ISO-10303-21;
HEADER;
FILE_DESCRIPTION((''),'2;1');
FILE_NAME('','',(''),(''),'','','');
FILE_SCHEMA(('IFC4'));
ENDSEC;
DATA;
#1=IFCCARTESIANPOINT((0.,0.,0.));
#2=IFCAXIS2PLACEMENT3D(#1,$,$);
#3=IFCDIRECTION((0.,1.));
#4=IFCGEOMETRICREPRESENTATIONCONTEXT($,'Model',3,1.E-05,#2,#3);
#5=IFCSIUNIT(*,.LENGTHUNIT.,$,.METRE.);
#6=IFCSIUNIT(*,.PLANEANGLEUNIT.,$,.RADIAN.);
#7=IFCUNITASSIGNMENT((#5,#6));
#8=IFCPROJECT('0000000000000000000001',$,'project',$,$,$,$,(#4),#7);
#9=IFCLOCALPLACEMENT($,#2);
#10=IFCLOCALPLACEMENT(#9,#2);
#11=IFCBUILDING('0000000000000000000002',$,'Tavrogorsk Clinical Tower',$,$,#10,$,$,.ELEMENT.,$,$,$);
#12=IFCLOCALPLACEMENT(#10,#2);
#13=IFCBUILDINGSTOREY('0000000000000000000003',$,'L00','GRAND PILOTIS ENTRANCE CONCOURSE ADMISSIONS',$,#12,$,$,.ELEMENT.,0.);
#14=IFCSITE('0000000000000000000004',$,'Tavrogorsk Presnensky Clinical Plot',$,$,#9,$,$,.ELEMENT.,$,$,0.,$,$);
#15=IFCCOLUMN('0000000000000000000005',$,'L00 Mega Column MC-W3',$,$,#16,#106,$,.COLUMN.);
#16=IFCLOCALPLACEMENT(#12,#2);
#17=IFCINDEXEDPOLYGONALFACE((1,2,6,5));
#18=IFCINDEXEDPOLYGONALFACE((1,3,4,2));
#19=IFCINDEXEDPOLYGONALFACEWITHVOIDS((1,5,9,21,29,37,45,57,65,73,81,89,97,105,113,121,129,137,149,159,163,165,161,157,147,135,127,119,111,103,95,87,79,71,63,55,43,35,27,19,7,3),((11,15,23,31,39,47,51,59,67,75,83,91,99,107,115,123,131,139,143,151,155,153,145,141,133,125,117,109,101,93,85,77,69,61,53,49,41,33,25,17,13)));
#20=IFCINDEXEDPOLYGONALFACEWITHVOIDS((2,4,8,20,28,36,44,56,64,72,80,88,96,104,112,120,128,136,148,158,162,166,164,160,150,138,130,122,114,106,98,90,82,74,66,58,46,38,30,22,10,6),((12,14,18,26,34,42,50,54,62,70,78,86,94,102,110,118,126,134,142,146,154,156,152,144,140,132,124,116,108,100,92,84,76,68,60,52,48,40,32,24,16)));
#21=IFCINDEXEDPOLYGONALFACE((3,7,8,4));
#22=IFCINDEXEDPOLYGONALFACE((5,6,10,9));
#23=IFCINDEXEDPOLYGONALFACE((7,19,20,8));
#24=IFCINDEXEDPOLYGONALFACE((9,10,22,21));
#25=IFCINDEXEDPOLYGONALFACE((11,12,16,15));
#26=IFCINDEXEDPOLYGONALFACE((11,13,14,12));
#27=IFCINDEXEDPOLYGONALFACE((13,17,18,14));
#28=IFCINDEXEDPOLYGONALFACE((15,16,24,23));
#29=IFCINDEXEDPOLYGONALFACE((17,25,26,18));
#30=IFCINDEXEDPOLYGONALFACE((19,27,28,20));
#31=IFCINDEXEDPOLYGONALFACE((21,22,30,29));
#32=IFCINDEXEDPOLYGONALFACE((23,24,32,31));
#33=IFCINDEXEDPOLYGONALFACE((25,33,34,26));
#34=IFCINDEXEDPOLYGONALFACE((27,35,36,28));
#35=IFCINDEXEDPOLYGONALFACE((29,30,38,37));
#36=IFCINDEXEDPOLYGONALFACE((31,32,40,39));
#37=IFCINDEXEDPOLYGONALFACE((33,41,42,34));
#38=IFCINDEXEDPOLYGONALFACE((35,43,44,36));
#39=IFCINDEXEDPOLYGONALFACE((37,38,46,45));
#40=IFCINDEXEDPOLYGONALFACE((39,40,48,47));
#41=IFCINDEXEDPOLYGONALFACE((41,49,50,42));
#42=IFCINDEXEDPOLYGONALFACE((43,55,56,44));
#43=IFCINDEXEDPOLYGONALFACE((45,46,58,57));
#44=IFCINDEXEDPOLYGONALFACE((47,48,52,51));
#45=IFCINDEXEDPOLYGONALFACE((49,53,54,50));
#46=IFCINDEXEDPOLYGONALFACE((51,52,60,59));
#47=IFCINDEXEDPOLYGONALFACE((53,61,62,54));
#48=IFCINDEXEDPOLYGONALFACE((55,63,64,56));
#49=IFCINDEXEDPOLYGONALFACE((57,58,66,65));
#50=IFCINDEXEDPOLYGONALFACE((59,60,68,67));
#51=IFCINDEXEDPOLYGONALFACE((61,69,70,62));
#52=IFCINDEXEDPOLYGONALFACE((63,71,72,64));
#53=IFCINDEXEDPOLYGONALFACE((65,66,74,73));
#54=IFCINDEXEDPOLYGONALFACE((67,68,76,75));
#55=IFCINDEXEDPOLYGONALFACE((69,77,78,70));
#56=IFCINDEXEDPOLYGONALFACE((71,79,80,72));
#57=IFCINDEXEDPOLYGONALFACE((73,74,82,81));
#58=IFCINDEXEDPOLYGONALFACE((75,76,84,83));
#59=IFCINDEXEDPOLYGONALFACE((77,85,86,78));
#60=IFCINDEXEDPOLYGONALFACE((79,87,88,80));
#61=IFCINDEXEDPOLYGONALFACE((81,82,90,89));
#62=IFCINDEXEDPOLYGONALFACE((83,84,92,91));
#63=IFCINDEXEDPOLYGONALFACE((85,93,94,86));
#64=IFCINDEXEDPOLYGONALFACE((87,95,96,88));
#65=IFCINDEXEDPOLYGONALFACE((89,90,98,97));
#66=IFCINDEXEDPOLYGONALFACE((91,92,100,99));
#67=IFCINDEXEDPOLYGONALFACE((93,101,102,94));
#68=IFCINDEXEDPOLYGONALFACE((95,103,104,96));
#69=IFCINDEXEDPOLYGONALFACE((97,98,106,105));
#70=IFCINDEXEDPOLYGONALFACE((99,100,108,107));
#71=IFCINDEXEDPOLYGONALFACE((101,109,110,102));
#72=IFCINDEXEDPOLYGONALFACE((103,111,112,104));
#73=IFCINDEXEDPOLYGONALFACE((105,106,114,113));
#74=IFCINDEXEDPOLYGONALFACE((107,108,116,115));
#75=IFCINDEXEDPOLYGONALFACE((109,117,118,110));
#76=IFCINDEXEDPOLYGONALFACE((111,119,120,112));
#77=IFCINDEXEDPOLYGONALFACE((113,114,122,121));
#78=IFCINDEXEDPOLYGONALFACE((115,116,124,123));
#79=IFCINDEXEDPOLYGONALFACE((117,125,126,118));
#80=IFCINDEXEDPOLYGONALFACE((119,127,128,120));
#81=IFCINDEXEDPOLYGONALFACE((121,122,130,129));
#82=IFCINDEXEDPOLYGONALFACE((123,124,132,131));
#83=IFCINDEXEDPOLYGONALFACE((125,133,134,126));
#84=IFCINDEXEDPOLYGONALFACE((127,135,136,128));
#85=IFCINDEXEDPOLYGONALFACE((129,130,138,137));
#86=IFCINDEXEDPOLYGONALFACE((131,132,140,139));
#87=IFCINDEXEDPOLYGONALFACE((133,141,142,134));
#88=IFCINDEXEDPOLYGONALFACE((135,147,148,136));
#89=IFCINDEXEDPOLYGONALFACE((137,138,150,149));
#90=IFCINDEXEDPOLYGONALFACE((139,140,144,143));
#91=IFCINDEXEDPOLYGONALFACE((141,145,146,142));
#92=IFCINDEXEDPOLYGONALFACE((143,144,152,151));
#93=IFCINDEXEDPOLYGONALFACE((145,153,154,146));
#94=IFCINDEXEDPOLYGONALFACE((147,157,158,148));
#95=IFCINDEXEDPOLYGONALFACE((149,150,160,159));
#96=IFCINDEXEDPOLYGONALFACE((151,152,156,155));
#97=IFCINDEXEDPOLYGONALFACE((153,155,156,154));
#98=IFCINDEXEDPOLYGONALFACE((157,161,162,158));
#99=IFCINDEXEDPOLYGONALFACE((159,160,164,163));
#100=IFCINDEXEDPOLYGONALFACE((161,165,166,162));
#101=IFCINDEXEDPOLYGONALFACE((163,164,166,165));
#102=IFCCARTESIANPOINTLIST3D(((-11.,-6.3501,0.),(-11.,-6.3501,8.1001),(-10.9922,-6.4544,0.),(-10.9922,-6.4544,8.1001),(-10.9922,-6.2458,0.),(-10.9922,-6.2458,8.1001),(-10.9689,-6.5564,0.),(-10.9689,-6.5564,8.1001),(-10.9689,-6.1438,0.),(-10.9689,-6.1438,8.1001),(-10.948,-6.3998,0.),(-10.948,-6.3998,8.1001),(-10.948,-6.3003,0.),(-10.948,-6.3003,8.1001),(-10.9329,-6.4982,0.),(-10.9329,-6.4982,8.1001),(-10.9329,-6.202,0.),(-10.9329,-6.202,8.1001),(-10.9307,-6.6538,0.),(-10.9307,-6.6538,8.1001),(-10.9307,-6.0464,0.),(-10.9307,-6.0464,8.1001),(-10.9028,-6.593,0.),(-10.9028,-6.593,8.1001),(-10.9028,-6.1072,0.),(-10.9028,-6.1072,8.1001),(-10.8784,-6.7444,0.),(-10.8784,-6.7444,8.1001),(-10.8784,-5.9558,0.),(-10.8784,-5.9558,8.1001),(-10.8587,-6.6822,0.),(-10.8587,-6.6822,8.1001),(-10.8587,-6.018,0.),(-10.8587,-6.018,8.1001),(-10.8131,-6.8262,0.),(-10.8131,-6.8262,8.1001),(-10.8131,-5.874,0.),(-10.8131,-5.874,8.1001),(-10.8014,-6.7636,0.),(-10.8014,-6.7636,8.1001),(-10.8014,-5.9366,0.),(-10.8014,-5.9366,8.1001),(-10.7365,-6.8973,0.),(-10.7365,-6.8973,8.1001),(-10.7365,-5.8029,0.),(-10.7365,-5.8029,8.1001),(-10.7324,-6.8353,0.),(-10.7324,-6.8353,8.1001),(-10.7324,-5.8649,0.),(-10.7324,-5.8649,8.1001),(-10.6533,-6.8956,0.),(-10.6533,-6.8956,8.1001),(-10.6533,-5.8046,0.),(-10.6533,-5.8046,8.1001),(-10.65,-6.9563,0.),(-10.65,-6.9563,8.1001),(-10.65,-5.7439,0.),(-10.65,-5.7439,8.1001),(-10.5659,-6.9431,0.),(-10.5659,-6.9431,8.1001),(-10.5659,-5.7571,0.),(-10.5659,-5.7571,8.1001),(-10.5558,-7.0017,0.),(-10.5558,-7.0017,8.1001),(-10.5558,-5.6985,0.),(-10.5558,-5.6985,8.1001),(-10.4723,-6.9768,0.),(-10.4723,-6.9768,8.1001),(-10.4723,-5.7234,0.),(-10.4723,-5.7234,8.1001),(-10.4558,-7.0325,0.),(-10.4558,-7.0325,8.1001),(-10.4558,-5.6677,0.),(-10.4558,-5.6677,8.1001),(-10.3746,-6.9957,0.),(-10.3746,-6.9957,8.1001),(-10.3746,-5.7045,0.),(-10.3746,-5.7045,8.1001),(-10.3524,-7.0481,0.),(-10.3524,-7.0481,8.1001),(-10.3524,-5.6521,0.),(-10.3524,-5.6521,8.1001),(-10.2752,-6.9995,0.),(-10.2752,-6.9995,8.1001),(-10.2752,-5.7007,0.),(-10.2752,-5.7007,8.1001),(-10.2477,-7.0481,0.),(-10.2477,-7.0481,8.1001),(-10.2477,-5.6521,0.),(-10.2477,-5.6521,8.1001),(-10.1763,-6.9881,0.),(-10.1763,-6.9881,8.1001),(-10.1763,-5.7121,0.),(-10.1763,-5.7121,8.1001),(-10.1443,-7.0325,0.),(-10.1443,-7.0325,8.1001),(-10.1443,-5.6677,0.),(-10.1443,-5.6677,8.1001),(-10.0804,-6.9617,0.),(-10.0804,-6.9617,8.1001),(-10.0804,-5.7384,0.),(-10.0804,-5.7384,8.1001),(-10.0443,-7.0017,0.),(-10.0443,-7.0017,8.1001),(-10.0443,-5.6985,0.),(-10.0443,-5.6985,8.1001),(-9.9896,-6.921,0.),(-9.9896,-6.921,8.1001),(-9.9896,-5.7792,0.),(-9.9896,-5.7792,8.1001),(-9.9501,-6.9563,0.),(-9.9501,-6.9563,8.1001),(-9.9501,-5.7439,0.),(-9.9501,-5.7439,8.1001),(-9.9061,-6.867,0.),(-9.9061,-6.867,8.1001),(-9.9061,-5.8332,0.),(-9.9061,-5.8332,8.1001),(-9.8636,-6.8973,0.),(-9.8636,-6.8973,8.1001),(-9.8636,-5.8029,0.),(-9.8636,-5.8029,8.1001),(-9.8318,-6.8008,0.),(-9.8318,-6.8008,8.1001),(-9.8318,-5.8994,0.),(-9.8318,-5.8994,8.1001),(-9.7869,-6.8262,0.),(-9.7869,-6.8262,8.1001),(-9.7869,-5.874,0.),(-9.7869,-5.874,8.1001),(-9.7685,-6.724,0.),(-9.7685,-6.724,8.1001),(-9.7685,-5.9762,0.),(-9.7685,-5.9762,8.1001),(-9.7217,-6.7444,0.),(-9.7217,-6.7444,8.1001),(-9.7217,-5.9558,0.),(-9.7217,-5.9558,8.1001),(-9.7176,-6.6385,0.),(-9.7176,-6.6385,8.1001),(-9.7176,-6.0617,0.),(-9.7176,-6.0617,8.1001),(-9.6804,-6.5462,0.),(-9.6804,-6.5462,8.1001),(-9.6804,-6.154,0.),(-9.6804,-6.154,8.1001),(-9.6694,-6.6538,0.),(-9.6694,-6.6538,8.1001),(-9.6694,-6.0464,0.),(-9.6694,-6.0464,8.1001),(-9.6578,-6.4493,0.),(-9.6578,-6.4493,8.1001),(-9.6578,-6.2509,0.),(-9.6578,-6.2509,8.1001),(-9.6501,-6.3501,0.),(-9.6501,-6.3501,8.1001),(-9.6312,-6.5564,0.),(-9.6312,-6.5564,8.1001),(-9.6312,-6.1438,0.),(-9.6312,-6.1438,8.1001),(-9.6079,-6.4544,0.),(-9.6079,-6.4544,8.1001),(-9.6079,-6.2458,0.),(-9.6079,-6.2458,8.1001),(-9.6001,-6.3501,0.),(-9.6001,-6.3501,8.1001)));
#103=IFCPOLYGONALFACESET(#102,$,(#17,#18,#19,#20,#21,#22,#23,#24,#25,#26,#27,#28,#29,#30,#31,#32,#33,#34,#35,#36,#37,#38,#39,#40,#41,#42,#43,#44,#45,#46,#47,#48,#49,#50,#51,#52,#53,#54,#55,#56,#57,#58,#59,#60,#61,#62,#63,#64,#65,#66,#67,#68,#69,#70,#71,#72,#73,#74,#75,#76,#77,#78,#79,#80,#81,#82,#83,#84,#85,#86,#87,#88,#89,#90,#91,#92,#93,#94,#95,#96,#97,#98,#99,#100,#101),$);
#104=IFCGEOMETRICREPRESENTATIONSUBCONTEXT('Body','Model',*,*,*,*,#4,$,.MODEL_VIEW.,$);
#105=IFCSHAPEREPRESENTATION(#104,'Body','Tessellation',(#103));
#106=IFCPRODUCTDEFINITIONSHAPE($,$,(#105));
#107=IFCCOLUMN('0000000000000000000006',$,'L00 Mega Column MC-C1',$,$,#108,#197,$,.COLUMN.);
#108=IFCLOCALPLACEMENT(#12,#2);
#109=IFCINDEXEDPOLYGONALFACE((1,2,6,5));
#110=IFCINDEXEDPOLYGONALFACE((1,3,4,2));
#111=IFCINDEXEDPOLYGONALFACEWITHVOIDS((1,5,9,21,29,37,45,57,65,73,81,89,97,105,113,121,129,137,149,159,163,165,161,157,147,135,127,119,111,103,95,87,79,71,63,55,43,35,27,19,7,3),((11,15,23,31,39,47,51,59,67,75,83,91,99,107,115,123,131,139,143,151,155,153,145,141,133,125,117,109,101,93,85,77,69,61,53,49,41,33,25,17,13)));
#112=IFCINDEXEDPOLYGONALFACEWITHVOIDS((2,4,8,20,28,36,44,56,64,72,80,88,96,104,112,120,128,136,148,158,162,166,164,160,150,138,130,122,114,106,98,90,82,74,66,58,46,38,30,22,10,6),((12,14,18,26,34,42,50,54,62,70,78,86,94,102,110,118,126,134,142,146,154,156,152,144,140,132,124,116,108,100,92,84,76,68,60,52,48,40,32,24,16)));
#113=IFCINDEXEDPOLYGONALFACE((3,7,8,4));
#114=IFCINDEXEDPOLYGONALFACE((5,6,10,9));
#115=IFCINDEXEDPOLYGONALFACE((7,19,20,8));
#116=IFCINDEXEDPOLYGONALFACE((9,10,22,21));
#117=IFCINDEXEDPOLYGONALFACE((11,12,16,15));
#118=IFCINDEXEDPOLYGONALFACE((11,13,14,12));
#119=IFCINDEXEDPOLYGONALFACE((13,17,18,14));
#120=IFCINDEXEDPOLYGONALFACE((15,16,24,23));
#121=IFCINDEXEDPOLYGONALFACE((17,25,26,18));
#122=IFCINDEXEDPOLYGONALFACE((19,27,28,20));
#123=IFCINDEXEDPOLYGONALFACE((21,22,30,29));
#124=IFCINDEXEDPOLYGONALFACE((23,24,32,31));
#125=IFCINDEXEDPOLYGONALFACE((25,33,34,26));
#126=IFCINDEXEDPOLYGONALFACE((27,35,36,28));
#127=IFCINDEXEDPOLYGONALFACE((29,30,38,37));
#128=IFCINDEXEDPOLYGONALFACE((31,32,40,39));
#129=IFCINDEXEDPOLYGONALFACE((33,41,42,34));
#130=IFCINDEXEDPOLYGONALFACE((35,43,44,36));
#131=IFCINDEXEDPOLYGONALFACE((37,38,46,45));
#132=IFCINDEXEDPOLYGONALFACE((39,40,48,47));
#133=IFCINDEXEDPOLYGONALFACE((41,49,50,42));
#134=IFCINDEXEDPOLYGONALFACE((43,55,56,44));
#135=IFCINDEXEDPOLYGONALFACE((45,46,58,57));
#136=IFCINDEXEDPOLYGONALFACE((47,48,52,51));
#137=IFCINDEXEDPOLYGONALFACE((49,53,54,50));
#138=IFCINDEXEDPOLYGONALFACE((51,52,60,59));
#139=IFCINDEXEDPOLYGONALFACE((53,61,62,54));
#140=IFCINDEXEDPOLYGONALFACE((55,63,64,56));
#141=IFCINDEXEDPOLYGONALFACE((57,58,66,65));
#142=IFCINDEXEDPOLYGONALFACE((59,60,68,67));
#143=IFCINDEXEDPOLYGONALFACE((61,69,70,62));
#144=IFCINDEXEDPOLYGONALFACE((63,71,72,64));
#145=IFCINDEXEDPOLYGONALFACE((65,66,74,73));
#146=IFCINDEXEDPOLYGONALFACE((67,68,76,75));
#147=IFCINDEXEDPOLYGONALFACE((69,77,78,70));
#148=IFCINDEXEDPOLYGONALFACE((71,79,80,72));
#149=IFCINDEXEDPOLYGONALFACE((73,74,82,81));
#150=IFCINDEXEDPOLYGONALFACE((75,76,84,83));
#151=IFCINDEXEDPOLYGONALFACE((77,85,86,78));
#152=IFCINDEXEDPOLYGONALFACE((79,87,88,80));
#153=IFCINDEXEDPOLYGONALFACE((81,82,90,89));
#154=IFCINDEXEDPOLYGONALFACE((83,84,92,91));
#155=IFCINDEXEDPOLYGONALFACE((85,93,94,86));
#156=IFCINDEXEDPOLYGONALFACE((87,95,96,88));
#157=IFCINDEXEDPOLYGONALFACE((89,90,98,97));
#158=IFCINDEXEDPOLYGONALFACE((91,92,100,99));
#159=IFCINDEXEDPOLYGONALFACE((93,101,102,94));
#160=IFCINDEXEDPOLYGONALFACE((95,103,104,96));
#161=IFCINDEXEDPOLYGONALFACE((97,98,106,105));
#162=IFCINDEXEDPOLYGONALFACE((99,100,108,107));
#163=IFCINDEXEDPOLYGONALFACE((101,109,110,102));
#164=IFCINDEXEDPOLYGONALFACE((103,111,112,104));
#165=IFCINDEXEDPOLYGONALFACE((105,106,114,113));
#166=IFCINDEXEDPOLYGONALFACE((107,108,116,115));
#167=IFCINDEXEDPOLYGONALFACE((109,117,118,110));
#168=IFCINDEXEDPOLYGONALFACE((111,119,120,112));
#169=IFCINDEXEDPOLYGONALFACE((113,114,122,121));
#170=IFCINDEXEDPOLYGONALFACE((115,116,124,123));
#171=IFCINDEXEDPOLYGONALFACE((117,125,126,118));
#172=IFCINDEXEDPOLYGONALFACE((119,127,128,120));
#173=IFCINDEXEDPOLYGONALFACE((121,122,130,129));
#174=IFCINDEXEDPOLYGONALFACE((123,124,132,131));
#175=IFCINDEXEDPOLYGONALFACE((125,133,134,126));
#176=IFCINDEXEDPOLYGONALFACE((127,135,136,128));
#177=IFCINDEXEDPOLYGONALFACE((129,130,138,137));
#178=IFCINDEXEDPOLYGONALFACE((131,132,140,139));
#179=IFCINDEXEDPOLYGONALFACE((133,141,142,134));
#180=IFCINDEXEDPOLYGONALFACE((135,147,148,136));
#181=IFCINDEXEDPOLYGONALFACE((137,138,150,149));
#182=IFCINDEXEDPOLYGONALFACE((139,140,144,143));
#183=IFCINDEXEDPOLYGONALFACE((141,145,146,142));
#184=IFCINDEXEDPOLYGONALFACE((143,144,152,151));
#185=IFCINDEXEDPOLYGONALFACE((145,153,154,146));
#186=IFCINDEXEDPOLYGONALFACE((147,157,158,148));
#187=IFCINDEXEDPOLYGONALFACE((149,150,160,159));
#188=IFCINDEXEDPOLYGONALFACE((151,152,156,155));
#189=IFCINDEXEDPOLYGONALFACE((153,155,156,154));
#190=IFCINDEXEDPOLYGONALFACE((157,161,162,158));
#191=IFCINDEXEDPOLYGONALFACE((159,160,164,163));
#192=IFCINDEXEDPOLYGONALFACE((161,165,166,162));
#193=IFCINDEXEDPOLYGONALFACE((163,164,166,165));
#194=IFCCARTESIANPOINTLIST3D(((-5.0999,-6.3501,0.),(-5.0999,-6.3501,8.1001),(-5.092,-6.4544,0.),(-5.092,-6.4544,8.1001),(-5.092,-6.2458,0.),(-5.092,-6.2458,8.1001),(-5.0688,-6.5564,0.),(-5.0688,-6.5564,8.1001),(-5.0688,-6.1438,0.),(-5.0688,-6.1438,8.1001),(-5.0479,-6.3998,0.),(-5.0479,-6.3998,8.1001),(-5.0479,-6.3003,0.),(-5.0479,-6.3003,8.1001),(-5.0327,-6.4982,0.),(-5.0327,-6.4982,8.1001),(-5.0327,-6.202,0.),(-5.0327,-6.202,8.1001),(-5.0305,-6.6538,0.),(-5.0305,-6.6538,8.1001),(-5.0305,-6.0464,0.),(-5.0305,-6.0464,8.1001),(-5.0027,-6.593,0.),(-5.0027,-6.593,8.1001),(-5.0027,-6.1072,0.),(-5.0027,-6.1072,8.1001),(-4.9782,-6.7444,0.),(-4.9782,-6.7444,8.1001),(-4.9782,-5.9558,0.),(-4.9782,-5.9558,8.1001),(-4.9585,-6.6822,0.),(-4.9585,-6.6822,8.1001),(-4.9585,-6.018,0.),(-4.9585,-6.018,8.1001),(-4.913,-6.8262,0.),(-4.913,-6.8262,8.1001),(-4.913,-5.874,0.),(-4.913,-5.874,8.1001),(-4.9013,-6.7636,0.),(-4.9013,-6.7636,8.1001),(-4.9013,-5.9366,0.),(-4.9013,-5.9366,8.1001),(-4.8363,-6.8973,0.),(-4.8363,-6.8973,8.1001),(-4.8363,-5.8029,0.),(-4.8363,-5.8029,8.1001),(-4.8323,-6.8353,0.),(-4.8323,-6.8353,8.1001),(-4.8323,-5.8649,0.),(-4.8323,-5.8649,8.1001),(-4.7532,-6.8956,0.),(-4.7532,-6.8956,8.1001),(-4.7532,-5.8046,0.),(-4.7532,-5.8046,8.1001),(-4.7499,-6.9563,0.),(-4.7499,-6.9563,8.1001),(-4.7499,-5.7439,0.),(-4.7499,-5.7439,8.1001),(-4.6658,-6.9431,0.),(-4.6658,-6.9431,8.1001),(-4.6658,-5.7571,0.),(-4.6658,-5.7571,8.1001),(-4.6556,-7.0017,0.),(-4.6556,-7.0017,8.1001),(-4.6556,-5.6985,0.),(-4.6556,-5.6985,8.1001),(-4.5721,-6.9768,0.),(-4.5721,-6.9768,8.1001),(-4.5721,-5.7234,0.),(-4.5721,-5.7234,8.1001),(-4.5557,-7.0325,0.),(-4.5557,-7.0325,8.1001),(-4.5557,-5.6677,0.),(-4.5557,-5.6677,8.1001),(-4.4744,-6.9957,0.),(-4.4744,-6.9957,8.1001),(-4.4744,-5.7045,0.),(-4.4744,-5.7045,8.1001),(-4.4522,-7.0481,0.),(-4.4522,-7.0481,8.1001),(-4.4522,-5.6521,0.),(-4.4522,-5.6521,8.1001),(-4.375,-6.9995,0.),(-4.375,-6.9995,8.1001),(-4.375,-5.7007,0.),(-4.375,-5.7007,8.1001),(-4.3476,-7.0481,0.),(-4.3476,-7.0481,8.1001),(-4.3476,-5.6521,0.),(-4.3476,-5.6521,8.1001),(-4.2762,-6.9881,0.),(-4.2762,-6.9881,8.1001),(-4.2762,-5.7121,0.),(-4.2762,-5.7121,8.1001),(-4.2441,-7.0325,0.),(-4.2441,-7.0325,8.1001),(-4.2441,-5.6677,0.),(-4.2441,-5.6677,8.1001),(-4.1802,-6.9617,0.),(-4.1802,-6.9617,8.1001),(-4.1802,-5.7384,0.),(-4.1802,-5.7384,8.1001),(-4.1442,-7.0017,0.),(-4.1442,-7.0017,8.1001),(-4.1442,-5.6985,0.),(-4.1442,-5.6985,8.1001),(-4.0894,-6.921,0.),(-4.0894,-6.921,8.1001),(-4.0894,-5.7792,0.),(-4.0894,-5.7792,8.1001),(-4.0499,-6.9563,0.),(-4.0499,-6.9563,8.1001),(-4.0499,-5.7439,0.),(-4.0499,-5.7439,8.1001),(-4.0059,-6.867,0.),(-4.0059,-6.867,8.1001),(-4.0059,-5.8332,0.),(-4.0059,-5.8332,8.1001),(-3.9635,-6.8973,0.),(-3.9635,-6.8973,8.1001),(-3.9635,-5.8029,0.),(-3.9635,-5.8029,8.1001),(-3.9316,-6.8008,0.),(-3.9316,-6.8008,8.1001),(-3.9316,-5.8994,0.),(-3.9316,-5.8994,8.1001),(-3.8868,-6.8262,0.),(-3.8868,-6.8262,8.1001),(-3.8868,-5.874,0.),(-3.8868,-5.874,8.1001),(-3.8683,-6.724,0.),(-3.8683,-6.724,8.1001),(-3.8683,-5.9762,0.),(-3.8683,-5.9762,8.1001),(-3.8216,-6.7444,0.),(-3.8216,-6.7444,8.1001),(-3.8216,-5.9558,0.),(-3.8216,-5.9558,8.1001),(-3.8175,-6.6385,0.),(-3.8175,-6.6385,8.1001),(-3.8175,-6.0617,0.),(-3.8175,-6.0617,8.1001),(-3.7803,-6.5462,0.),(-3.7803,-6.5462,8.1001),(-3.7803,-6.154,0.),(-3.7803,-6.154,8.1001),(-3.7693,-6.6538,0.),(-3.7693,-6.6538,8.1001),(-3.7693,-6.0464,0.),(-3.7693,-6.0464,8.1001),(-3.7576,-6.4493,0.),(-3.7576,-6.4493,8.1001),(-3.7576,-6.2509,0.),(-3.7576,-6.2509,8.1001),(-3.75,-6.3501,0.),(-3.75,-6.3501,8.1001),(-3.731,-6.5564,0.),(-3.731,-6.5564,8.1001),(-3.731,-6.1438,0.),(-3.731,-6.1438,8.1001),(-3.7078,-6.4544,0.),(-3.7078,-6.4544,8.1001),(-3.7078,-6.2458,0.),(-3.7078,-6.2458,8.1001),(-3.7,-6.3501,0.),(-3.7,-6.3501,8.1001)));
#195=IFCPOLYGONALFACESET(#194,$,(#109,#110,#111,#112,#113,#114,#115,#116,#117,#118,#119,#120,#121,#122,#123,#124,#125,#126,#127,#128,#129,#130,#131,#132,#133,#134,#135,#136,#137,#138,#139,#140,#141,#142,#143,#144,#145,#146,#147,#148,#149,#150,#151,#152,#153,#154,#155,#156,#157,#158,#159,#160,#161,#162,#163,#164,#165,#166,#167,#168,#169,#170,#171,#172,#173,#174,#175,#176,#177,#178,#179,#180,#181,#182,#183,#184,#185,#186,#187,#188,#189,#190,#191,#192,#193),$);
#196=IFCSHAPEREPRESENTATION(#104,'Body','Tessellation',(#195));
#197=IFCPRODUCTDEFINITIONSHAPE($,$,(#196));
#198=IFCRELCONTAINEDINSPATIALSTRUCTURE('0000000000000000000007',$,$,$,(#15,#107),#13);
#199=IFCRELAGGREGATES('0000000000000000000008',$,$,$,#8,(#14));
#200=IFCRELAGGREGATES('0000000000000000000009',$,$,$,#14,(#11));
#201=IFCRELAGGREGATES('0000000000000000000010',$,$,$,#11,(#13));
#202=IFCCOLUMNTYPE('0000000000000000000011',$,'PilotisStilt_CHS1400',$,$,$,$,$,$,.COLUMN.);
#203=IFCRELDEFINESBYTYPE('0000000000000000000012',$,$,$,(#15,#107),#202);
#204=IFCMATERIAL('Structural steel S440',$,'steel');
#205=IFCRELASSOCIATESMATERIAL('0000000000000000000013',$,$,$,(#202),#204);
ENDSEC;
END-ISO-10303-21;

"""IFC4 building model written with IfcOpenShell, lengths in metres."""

from ifc_helpers import new_model, si_unit, direction, frame, origin, origin_2d, place, context, subcontext, project, spatial, hollow_circle, extrude, material, material_profile, profile_set, type_object, element, save


model = new_model("IFC4")

# Units and contexts
model_context = context("Model", 3, precision=1e-05, world=origin(), true_north=direction((0.0, 1.0)))
body_context = subcontext(model_context, "Body", "Model", "MODEL_VIEW")
ifc_project = project(units=[si_unit("LENGTHUNIT", "METRE"), si_unit("PLANEANGLEUNIT", "RADIAN")], contexts=[model_context])

# Site, building, storey
site_placement = place(None, origin())
site = spatial("IfcSite", under=ifc_project, at=site_placement, Name="Tavrogorsk Presnensky Clinical Plot", CompositionType="ELEMENT", RefElevation=0.0)
building_placement = place(site_placement, origin())
building = spatial("IfcBuilding", under=site, at=building_placement, Name="Tavrogorsk Clinical Tower", CompositionType="ELEMENT")
storey_placement = place(building_placement, origin())
storey = spatial("IfcBuildingStorey", under=building, at=storey_placement, Name="L00", Description="GRAND PILOTIS ENTRANCE CONCOURSE ADMISSIONS", CompositionType="ELEMENT", Elevation=0.0)

# Columns
ifc_material_1 = material(Name="Structural steel S440", Category="steel")
ifc_material_profile_1 = material_profile(ifc_material_1, hollow_circle(Radius=0.7, WallThickness=0.05, at=origin_2d()), Name="CHS-1400x50")
ifc_profile_set_1 = profile_set([ifc_material_profile_1], Name="Structural steel S440")
column_type = type_object("IfcColumnType", Name="PilotisStilt_CHS1400", PredefinedType="COLUMN", material=ifc_profile_set_1)
for number, where, z_axis, x_axis, name in (
    (1, (-10.3, -6.3501, 0.0), (0.0, 0.0, 1.0), (1.0, 0.0, 0.0), "L00 Mega Column MC-W3"),
    (2, (-4.3999, -6.3501, 0.0), (0.0, 0.0, 1.0), (1.0, 0.0, 0.0), "L00 Mega Column MC-C1"),
):
    element("IfcColumn", number, at=place(storey_placement, frame(where, z_axis=z_axis, x_axis=x_axis)), inside=storey, type_object=column_type, Name=name, PredefinedType="COLUMN", context=body_context, shape_type="SweptSolid", body=[
        extrude(hollow_circle(Radius=0.7, WallThickness=0.05, at=origin_2d()), origin(), (0.0, 0.0, 1.0), 8.1001),
    ])

save(model, "model.ifc")
